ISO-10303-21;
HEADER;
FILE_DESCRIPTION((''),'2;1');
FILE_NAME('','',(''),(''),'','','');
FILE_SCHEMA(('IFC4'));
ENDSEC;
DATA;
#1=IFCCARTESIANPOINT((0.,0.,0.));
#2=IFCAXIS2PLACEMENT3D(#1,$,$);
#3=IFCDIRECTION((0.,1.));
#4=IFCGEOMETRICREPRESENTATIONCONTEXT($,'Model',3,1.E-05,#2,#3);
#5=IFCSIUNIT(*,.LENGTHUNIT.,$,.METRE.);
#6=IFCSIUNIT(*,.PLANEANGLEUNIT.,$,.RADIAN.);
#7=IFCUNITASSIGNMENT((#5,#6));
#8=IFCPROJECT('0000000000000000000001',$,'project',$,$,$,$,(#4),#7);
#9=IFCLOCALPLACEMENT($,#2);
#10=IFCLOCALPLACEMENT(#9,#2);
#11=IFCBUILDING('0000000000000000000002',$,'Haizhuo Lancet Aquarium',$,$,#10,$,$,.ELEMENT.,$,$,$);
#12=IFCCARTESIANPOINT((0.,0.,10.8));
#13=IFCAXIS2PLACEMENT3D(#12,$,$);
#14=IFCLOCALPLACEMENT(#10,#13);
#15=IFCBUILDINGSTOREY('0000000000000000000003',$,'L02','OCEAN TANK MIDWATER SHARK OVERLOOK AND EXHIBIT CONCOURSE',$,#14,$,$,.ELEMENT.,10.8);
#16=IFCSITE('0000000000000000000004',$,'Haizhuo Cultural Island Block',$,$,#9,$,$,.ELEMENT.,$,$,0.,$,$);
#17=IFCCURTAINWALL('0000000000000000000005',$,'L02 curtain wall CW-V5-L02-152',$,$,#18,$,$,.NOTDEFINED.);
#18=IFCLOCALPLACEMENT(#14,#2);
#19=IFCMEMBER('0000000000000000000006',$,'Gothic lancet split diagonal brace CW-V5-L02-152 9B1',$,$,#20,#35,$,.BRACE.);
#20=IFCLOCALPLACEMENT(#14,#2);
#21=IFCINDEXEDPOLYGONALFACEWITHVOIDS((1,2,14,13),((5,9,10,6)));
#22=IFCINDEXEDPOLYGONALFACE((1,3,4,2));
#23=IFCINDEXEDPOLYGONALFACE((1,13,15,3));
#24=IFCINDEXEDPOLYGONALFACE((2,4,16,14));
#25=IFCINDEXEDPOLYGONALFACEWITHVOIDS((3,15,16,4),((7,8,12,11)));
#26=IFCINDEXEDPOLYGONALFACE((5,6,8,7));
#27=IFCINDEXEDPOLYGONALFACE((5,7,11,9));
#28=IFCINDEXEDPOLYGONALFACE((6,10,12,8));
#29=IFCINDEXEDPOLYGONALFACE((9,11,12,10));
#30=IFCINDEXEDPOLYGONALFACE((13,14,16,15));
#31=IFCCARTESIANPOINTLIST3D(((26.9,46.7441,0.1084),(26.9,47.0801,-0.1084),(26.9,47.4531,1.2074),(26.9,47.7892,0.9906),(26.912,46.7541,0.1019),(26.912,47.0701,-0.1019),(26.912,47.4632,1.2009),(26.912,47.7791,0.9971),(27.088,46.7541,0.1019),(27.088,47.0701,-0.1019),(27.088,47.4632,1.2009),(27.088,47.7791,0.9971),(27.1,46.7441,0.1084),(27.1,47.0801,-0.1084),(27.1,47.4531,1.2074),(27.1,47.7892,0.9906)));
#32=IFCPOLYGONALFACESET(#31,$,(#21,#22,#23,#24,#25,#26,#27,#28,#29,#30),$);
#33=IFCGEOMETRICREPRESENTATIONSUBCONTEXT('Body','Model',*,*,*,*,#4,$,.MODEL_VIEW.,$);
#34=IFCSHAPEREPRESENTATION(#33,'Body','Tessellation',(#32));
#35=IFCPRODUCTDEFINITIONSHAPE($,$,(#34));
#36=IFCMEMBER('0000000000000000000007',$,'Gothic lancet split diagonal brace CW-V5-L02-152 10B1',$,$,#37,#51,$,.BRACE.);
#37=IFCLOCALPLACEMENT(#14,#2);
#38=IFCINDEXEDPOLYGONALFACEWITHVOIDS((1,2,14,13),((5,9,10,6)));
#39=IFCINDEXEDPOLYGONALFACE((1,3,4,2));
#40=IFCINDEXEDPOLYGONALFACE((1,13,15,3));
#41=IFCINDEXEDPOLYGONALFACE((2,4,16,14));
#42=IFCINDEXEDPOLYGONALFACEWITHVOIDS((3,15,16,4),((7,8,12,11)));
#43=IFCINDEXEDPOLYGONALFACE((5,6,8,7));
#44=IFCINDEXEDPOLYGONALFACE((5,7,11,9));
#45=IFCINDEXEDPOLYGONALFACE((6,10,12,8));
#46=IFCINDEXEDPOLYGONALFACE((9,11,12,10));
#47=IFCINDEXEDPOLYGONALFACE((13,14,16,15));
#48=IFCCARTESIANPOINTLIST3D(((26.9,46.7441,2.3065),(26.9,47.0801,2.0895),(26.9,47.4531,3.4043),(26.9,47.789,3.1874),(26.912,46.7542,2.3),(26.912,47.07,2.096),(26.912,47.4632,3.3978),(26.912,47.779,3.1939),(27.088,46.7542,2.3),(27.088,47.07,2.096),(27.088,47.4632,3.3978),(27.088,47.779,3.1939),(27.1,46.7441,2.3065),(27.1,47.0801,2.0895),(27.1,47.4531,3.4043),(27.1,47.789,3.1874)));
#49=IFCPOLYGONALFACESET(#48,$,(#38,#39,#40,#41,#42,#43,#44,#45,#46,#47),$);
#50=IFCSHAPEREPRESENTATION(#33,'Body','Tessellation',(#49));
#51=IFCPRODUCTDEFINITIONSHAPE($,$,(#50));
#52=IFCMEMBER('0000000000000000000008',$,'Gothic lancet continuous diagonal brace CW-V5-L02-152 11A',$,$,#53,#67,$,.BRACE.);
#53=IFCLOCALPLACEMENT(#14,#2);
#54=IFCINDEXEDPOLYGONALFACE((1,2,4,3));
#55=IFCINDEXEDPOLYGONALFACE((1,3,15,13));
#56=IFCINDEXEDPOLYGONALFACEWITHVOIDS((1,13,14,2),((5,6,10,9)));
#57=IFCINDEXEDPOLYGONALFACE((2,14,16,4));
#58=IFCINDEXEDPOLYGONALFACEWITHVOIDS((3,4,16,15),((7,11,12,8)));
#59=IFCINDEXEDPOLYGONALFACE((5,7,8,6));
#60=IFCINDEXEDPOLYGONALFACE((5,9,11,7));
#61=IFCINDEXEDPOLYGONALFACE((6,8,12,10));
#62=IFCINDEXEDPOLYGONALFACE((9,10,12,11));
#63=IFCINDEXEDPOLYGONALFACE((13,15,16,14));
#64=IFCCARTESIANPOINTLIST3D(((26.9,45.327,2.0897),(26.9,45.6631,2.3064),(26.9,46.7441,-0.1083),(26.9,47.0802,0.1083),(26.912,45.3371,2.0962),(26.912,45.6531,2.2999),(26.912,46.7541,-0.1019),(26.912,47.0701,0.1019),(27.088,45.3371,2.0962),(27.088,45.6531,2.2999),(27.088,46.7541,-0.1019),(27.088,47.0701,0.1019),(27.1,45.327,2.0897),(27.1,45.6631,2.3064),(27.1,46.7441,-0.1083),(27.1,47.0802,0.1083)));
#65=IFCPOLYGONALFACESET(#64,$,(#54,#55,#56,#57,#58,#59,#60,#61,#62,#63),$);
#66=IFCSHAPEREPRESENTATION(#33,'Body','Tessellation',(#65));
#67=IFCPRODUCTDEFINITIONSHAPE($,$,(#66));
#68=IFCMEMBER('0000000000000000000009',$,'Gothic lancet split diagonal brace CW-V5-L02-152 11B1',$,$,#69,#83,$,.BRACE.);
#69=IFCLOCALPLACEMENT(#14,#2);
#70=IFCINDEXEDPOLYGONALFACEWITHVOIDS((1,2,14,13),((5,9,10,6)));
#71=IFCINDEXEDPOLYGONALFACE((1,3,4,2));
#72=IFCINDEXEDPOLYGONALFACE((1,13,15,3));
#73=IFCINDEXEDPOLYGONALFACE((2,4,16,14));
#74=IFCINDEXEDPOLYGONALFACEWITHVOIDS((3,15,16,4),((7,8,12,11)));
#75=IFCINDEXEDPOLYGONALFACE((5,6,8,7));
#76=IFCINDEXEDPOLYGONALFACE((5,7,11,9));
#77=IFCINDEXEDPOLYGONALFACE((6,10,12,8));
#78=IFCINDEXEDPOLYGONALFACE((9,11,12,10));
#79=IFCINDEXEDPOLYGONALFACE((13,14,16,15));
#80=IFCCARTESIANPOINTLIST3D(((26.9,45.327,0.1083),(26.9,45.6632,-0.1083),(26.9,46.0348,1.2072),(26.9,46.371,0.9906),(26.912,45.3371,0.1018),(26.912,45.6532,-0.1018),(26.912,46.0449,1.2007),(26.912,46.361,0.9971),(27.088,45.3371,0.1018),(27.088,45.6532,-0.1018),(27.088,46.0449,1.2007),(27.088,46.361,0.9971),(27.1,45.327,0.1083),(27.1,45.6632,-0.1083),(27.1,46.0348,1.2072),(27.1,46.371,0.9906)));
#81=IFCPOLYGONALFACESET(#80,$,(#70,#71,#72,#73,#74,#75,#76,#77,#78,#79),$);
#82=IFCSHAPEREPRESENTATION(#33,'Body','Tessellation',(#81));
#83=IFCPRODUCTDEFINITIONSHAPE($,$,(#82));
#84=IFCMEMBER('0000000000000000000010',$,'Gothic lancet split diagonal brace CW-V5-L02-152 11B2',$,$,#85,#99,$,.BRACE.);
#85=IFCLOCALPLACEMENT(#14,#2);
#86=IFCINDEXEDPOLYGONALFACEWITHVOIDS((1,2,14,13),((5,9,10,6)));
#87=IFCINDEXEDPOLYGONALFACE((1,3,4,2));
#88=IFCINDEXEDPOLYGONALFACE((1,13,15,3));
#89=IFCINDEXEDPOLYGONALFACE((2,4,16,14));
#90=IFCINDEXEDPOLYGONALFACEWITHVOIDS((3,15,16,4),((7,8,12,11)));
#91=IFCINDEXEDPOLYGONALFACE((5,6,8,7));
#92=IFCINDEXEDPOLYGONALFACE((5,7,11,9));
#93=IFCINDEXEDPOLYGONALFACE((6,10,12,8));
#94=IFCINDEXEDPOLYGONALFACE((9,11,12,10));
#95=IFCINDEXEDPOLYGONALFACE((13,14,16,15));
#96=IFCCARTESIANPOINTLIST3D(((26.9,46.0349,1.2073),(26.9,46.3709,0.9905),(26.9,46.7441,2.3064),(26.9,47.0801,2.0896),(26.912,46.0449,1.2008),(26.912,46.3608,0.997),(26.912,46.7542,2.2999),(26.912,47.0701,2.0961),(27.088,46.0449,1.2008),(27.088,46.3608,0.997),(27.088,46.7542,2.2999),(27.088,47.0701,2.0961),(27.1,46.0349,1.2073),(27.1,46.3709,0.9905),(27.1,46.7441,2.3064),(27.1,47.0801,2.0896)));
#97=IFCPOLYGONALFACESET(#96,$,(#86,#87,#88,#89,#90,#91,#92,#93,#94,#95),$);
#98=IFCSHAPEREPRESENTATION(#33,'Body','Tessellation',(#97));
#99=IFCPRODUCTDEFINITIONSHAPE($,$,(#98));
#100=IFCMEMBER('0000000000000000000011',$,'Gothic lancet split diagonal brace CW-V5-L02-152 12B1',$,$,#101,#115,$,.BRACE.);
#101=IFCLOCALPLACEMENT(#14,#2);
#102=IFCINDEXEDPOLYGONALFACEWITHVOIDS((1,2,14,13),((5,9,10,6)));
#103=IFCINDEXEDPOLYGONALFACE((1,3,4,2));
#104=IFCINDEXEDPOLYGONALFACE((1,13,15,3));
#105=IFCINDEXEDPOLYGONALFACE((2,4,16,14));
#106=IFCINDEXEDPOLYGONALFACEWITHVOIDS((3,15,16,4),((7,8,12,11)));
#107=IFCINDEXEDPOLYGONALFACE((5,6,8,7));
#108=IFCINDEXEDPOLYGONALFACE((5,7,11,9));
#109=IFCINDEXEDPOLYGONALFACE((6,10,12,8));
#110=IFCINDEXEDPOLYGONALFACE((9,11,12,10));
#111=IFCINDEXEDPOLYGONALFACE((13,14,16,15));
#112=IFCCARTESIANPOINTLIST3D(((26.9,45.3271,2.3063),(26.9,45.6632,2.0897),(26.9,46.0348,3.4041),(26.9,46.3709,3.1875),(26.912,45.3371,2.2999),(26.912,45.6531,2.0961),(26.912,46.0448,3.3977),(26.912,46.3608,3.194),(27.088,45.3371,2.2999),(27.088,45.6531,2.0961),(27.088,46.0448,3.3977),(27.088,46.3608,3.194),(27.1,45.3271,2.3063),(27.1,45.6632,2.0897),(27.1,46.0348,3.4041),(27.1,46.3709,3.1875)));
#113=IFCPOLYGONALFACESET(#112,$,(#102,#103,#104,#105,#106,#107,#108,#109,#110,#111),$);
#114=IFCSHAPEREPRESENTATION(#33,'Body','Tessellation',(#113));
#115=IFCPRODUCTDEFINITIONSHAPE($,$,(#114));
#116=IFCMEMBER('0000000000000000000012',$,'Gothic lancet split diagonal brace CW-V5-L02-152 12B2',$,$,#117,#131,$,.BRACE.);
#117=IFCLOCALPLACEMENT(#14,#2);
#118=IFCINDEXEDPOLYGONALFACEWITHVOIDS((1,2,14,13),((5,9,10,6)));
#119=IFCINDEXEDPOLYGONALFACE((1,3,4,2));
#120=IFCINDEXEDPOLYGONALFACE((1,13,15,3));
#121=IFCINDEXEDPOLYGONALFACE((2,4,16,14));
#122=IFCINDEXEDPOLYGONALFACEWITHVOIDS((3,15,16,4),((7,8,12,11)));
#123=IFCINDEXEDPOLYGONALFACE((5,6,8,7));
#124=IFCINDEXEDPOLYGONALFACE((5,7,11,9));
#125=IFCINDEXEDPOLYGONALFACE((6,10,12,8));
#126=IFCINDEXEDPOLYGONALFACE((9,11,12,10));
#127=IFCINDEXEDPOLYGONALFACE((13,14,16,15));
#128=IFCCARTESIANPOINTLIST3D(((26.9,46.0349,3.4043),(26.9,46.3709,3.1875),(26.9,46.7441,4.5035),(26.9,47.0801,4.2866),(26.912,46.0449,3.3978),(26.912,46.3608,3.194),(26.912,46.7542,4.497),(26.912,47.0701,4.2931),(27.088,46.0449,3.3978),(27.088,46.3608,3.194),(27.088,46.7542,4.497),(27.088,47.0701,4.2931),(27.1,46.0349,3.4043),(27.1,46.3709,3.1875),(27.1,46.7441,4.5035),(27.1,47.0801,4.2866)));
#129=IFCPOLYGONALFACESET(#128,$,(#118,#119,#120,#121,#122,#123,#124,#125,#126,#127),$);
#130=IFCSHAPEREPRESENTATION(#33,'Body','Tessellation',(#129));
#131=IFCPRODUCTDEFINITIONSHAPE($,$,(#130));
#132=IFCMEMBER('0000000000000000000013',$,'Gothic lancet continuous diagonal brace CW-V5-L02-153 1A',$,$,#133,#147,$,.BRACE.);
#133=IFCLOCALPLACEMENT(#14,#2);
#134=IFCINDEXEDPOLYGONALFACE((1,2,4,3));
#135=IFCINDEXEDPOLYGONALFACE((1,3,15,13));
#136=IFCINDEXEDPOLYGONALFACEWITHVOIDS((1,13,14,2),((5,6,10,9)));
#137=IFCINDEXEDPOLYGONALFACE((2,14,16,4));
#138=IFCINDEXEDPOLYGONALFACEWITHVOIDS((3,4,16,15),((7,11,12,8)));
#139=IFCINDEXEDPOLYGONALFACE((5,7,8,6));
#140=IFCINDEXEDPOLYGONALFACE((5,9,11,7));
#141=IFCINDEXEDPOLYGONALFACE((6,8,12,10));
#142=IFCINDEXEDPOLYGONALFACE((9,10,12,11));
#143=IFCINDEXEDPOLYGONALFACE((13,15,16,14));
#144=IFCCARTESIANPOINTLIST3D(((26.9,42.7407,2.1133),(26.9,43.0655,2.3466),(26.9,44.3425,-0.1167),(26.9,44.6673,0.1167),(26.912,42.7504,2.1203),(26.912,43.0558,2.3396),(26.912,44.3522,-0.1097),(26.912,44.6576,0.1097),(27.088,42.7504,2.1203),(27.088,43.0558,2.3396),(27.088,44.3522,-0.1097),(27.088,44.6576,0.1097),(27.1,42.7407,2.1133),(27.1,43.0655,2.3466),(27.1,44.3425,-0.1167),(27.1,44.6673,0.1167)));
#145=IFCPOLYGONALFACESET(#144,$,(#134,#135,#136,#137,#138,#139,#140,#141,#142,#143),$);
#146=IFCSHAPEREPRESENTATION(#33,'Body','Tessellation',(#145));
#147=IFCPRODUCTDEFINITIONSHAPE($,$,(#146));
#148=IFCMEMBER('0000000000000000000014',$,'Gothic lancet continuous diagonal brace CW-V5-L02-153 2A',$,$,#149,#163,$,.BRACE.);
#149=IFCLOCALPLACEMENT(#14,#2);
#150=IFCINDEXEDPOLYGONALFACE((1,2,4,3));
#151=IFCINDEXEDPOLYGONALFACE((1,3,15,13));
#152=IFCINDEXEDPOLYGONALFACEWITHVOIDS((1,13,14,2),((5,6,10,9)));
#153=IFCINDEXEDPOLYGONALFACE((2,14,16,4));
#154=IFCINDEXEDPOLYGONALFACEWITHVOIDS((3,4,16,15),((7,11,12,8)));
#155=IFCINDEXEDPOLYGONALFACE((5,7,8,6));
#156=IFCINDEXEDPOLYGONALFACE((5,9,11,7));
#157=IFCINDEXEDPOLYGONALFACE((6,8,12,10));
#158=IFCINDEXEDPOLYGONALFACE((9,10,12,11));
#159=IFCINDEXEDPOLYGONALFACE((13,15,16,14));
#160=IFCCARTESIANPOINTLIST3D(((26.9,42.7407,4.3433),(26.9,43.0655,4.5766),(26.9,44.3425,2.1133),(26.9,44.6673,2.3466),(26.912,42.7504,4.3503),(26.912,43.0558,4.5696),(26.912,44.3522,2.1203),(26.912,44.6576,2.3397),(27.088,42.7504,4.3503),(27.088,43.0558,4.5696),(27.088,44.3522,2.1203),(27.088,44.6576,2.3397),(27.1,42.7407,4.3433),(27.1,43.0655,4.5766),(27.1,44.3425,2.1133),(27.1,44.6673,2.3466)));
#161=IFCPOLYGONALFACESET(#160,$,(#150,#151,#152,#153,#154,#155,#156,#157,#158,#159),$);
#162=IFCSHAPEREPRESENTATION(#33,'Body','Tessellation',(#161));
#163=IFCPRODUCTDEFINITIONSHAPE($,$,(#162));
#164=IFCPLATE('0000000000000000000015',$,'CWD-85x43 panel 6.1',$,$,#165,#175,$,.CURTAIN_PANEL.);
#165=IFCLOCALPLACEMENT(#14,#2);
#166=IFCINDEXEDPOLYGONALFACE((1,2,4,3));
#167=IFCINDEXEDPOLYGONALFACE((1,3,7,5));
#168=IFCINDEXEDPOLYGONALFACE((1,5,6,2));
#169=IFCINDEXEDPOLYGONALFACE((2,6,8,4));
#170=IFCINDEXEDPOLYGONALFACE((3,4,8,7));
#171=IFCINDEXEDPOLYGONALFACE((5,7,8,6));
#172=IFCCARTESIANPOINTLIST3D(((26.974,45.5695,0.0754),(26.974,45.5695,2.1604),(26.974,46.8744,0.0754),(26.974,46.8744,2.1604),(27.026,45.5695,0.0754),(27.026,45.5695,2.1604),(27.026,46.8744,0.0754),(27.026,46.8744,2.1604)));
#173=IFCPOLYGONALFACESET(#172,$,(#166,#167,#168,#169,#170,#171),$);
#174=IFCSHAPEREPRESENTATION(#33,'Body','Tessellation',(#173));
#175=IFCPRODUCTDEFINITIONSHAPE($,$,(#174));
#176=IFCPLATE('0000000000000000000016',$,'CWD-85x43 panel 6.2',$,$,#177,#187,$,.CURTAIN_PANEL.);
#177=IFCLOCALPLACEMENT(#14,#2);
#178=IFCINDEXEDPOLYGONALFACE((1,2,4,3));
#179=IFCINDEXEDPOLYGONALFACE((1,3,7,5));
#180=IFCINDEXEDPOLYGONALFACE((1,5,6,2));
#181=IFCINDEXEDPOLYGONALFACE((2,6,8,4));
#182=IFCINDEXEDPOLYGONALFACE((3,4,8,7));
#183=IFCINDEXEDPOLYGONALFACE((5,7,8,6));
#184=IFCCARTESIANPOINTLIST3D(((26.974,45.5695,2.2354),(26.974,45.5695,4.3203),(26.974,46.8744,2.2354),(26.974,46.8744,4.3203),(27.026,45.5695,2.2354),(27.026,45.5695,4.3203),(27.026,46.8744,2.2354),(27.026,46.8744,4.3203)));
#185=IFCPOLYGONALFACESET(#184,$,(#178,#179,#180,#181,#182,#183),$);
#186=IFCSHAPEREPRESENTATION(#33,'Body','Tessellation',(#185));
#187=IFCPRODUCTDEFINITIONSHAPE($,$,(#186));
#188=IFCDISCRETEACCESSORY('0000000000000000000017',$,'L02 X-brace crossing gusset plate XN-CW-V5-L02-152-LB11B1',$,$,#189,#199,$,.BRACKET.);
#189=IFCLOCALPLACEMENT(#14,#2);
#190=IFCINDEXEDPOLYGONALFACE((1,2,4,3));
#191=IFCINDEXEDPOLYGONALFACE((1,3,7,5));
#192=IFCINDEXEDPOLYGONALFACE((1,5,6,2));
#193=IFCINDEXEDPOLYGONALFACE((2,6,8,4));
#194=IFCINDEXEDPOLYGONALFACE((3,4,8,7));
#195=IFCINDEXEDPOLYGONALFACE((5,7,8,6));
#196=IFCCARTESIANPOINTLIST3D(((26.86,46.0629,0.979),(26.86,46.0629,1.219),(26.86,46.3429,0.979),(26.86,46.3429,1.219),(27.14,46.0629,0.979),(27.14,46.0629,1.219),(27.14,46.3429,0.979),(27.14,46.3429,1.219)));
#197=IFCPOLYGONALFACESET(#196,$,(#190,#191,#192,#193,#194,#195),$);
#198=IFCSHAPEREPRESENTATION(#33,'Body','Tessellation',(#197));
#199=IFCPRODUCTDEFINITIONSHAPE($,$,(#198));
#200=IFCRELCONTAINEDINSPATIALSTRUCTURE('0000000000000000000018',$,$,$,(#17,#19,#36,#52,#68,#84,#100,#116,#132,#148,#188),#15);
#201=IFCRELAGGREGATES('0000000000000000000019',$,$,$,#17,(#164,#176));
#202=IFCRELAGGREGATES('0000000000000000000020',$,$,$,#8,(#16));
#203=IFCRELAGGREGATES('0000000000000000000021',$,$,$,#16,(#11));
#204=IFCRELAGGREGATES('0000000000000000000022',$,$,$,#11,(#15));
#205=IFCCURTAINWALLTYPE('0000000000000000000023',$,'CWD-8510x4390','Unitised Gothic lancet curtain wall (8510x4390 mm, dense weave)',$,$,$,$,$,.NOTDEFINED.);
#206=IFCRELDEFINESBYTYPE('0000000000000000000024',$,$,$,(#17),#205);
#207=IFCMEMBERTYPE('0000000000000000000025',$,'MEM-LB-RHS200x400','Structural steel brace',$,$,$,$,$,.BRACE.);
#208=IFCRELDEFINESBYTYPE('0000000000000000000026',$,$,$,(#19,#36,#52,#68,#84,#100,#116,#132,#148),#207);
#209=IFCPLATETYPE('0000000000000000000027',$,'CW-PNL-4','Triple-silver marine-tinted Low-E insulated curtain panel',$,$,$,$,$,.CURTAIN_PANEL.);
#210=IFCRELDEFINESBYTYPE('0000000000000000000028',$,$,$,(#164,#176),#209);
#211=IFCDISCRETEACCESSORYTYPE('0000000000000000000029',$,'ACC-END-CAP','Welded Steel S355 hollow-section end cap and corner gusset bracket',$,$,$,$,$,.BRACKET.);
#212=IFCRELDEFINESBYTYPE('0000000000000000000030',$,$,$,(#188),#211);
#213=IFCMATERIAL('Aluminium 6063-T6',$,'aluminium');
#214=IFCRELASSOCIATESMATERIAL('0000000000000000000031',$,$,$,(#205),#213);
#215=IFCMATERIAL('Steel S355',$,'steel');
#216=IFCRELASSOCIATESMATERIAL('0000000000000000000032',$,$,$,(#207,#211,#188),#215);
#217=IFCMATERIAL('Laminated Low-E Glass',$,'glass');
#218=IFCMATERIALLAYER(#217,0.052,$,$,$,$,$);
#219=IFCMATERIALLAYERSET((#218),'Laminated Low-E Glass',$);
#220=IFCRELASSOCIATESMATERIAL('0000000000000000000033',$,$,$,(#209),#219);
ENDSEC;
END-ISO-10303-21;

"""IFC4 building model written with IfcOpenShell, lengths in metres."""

from ifc_helpers import new_model, si_unit, direction, frame, origin, origin_2d, place, context, subcontext, project, spatial, rectangle, hollow_rectangle, extrude, material, layer, layer_set, material_profile, profile_set, type_object, element, aggregate, save


model = new_model("IFC4")

# Units and contexts
model_context = context("Model", 3, precision=1e-05, world=origin(), true_north=direction((0.0, 1.0)))
body_context = subcontext(model_context, "Body", "Model", "MODEL_VIEW")
ifc_project = project(units=[si_unit("LENGTHUNIT", "METRE"), si_unit("PLANEANGLEUNIT", "RADIAN")], contexts=[model_context])

# Site, building, storey
site_placement = place(None, origin())
site = spatial("IfcSite", under=ifc_project, at=site_placement, Name="Haizhuo Cultural Island Block", CompositionType="ELEMENT", RefElevation=0.0)
building_placement = place(site_placement, origin())
building = spatial("IfcBuilding", under=site, at=building_placement, Name="Haizhuo Lancet Aquarium", CompositionType="ELEMENT")
storey_placement = place(building_placement, frame((0.0, 0.0, 10.8)))
storey = spatial("IfcBuildingStorey", under=building, at=storey_placement, Name="L02", Description="OCEAN TANK MIDWATER SHARK OVERLOOK AND EXHIBIT CONCOURSE", CompositionType="ELEMENT", Elevation=10.8)

# Curtain wall
ifc_material_1 = material(Name="Aluminium 6063-T6", Category="aluminium")
curtain_wall_type_1 = type_object("IfcCurtainWallType", Name="CWD-8510x4390", Description="Unitised Gothic lancet curtain wall (8510x4390 mm, dense weave)", PredefinedType="NOTDEFINED", material=ifc_material_1)
curtain_wall_1_placement = place(storey_placement, origin())
curtain_wall_1 = element("IfcCurtainWall", 1, at=curtain_wall_1_placement, inside=storey, type_object=curtain_wall_type_1, Name="L02 curtain wall CW-V5-L02-152", PredefinedType="NOTDEFINED")

# Members
ifc_material_2 = material(Name="Steel S355", Category="steel")
ifc_material_profile_1 = material_profile(ifc_material_2, hollow_rectangle(XDim=0.2, YDim=0.3999, WallThickness=0.012, at=origin_2d()), Name="RHS 200x400x12")
ifc_profile_set_1 = profile_set([ifc_material_profile_1], Name="Steel S355")
member_type_1 = type_object("IfcMemberType", Name="MEM-LB-RHS200x400", Description="Structural steel brace", PredefinedType="BRACE", material=ifc_profile_set_1)
member_1_placement = place(storey_placement, frame((27.0, 46.9121, 0.0), z_axis=(0.0, 0.542144, 0.840286), x_axis=(-1.0, 0.0, 0.0)))
element("IfcMember", 2, at=member_1_placement, inside=storey, type_object=member_type_1, Name="Gothic lancet split diagonal brace CW-V5-L02-152 9B1", PredefinedType="BRACE", context=body_context, shape_type="SweptSolid", body=[
    extrude(hollow_rectangle(XDim=0.2, YDim=0.3999, WallThickness=0.012, at=origin_2d()), origin(), (0.0, 0.0, 1.0), 1.3079),
])
member_2_placement = place(storey_placement, frame((27.0, 46.9121, 2.198), z_axis=(0.0, 0.542484, 0.840066), x_axis=(-1.0, 0.0, 0.0)))
element("IfcMember", 3, at=member_2_placement, inside=storey, type_object=member_type_1, Name="Gothic lancet split diagonal brace CW-V5-L02-152 10B1", PredefinedType="BRACE", context=body_context, shape_type="SweptSolid", body=[
    extrude(hollow_rectangle(XDim=0.2, YDim=0.3999, WallThickness=0.012, at=origin_2d()), origin(), (0.0, 0.0, 1.0), 1.3069),
])
member_3_placement = place(storey_placement, frame((27.0, 46.9121, 0.0), z_axis=(0.0, -0.541838, 0.840483), x_axis=(1.0, 0.0, 0.0)))
element("IfcMember", 4, at=member_3_placement, inside=storey, type_object=member_type_1, Name="Gothic lancet continuous diagonal brace CW-V5-L02-152 11A", PredefinedType="BRACE", context=body_context, shape_type="SweptSolid", body=[
    extrude(hollow_rectangle(XDim=0.2, YDim=0.3999, WallThickness=0.012, at=origin_2d()), origin(), (0.0, 0.0, 1.0), 2.6152),
])
member_4_placement = place(storey_placement, frame((27.0, 45.4951, 0.0), z_axis=(0.0, 0.541484, 0.840711), x_axis=(-1.0, 0.0, 0.0)))
element("IfcMember", 5, at=member_4_placement, inside=storey, type_object=member_type_1, Name="Gothic lancet split diagonal brace CW-V5-L02-152 11B1", PredefinedType="BRACE", context=body_context, shape_type="SweptSolid", body=[
    extrude(hollow_rectangle(XDim=0.2, YDim=0.3999, WallThickness=0.012, at=origin_2d()), origin(), (0.0, 0.0, 1.0), 1.3071),
])
member_5_placement = place(storey_placement, frame((27.0, 46.2029, 1.0989), z_axis=(0.0, 0.542191, 0.840256), x_axis=(-1.0, 0.0, 0.0)))
element("IfcMember", 6, at=member_5_placement, inside=storey, type_object=member_type_1, Name="Gothic lancet split diagonal brace CW-V5-L02-152 11B2", PredefinedType="BRACE", context=body_context, shape_type="SweptSolid", body=[
    extrude(hollow_rectangle(XDim=0.2, YDim=0.3999, WallThickness=0.012, at=origin_2d()), origin(), (0.0, 0.0, 1.0), 1.3081),
])
member_6_placement = place(storey_placement, frame((27.0, 45.4951, 2.198), z_axis=(0.0, 0.541825, 0.840492), x_axis=(-1.0, 0.0, 0.0)))
element("IfcMember", 7, at=member_6_placement, inside=storey, type_object=member_type_1, Name="Gothic lancet split diagonal brace CW-V5-L02-152 12B1", PredefinedType="BRACE", context=body_context, shape_type="SweptSolid", body=[
    extrude(hollow_rectangle(XDim=0.2, YDim=0.3999, WallThickness=0.012, at=origin_2d()), origin(), (0.0, 0.0, 1.0), 1.3062),
])
member_7_placement = place(storey_placement, frame((27.0, 46.2029, 3.2959), z_axis=(0.0, 0.542191, 0.840256), x_axis=(-1.0, 0.0, 0.0)))
element("IfcMember", 8, at=member_7_placement, inside=storey, type_object=member_type_1, Name="Gothic lancet split diagonal brace CW-V5-L02-152 12B2", PredefinedType="BRACE", context=body_context, shape_type="SweptSolid", body=[
    extrude(hollow_rectangle(XDim=0.2, YDim=0.3999, WallThickness=0.012, at=origin_2d()), origin(), (0.0, 0.0, 1.0), 1.3081),
])
for number, where, z_axis, x_axis, name in (
    (9, (27.0, 44.5049, 0.0), (0.0, -0.583398, 0.812187), (1.0, 0.0, 0.0), "Gothic lancet continuous diagonal brace CW-V5-L02-153 1A"),
    (10, (27.0, 44.5049, 2.23), (0.0, -0.583398, 0.812187), (1.0, 0.0, 0.0), "Gothic lancet continuous diagonal brace CW-V5-L02-153 2A"),
):
    element("IfcMember", number, at=place(storey_placement, frame(where, z_axis=z_axis, x_axis=x_axis)), inside=storey, type_object=member_type_1, Name=name, PredefinedType="BRACE", context=body_context, shape_type="SweptSolid", body=[
        extrude(hollow_rectangle(XDim=0.2, YDim=0.3999, WallThickness=0.012, at=origin_2d()), origin(), (0.0, 0.0, 1.0), 2.7456),
    ])

# Plates
ifc_material_3 = material(Name="Laminated Low-E Glass", Category="glass")
ifc_layer = layer(ifc_material_3, 0.052)
ifc_layer_set = layer_set([ifc_layer], Name="Laminated Low-E Glass")
plate_type = type_object("IfcPlateType", Name="CW-PNL-4", Description="Triple-silver marine-tinted Low-E insulated curtain panel", PredefinedType="CURTAIN_PANEL", material=ifc_layer_set)
plate_1_placement = place(storey_placement, frame((27.0, 46.2219, 0.0754), z_axis=(0.0, 0.0, 1.0), x_axis=(0.0, -1.0, 0.0)))
plate_1 = element("IfcPlate", 11, at=plate_1_placement, type_object=plate_type, Name="CWD-85x43 panel 6.1", PredefinedType="CURTAIN_PANEL", context=body_context, shape_type="SweptSolid", body=[
    extrude(rectangle(XDim=1.3049, YDim=0.052, at=origin_2d()), origin(), (0.0, 0.0, 1.0), 2.085),
])
plate_2_placement = place(storey_placement, frame((27.0, 46.2219, 2.2354), z_axis=(0.0, 0.0, 1.0), x_axis=(0.0, -1.0, 0.0)))
plate_2 = element("IfcPlate", 12, at=plate_2_placement, type_object=plate_type, Name="CWD-85x43 panel 6.2", PredefinedType="CURTAIN_PANEL", context=body_context, shape_type="SweptSolid", body=[
    extrude(rectangle(XDim=1.3049, YDim=0.052, at=origin_2d()), origin(), (0.0, 0.0, 1.0), 2.085),
])
aggregate(curtain_wall_1, [plate_1, plate_2])

# Discrete accessory
discrete_accessory_type = type_object("IfcDiscreteAccessoryType", Name="ACC-END-CAP", Description="Welded Steel S355 hollow-section end cap and corner gusset bracket", PredefinedType="BRACKET", material=ifc_material_2)
for number, where, z_axis, x_axis, name in (
    (13, (27.0, 46.2029, 0.979), (0.0, 0.0, 1.0), (1.0, 0.0, 0.0), "L02 X-brace crossing gusset plate XN-CW-V5-L02-152-LB11B1"),
):
    element("IfcDiscreteAccessory", number, at=place(storey_placement, frame(where, z_axis=z_axis, x_axis=x_axis)), inside=storey, type_object=discrete_accessory_type, material=ifc_material_2, Name=name, PredefinedType="BRACKET", context=body_context, shape_type="SweptSolid", body=[
        extrude(rectangle(XDim=0.28, YDim=0.28, at=origin_2d()), origin(), (0.0, 0.0, 1.0), 0.24),
    ])

save(model, "model.ifc")
